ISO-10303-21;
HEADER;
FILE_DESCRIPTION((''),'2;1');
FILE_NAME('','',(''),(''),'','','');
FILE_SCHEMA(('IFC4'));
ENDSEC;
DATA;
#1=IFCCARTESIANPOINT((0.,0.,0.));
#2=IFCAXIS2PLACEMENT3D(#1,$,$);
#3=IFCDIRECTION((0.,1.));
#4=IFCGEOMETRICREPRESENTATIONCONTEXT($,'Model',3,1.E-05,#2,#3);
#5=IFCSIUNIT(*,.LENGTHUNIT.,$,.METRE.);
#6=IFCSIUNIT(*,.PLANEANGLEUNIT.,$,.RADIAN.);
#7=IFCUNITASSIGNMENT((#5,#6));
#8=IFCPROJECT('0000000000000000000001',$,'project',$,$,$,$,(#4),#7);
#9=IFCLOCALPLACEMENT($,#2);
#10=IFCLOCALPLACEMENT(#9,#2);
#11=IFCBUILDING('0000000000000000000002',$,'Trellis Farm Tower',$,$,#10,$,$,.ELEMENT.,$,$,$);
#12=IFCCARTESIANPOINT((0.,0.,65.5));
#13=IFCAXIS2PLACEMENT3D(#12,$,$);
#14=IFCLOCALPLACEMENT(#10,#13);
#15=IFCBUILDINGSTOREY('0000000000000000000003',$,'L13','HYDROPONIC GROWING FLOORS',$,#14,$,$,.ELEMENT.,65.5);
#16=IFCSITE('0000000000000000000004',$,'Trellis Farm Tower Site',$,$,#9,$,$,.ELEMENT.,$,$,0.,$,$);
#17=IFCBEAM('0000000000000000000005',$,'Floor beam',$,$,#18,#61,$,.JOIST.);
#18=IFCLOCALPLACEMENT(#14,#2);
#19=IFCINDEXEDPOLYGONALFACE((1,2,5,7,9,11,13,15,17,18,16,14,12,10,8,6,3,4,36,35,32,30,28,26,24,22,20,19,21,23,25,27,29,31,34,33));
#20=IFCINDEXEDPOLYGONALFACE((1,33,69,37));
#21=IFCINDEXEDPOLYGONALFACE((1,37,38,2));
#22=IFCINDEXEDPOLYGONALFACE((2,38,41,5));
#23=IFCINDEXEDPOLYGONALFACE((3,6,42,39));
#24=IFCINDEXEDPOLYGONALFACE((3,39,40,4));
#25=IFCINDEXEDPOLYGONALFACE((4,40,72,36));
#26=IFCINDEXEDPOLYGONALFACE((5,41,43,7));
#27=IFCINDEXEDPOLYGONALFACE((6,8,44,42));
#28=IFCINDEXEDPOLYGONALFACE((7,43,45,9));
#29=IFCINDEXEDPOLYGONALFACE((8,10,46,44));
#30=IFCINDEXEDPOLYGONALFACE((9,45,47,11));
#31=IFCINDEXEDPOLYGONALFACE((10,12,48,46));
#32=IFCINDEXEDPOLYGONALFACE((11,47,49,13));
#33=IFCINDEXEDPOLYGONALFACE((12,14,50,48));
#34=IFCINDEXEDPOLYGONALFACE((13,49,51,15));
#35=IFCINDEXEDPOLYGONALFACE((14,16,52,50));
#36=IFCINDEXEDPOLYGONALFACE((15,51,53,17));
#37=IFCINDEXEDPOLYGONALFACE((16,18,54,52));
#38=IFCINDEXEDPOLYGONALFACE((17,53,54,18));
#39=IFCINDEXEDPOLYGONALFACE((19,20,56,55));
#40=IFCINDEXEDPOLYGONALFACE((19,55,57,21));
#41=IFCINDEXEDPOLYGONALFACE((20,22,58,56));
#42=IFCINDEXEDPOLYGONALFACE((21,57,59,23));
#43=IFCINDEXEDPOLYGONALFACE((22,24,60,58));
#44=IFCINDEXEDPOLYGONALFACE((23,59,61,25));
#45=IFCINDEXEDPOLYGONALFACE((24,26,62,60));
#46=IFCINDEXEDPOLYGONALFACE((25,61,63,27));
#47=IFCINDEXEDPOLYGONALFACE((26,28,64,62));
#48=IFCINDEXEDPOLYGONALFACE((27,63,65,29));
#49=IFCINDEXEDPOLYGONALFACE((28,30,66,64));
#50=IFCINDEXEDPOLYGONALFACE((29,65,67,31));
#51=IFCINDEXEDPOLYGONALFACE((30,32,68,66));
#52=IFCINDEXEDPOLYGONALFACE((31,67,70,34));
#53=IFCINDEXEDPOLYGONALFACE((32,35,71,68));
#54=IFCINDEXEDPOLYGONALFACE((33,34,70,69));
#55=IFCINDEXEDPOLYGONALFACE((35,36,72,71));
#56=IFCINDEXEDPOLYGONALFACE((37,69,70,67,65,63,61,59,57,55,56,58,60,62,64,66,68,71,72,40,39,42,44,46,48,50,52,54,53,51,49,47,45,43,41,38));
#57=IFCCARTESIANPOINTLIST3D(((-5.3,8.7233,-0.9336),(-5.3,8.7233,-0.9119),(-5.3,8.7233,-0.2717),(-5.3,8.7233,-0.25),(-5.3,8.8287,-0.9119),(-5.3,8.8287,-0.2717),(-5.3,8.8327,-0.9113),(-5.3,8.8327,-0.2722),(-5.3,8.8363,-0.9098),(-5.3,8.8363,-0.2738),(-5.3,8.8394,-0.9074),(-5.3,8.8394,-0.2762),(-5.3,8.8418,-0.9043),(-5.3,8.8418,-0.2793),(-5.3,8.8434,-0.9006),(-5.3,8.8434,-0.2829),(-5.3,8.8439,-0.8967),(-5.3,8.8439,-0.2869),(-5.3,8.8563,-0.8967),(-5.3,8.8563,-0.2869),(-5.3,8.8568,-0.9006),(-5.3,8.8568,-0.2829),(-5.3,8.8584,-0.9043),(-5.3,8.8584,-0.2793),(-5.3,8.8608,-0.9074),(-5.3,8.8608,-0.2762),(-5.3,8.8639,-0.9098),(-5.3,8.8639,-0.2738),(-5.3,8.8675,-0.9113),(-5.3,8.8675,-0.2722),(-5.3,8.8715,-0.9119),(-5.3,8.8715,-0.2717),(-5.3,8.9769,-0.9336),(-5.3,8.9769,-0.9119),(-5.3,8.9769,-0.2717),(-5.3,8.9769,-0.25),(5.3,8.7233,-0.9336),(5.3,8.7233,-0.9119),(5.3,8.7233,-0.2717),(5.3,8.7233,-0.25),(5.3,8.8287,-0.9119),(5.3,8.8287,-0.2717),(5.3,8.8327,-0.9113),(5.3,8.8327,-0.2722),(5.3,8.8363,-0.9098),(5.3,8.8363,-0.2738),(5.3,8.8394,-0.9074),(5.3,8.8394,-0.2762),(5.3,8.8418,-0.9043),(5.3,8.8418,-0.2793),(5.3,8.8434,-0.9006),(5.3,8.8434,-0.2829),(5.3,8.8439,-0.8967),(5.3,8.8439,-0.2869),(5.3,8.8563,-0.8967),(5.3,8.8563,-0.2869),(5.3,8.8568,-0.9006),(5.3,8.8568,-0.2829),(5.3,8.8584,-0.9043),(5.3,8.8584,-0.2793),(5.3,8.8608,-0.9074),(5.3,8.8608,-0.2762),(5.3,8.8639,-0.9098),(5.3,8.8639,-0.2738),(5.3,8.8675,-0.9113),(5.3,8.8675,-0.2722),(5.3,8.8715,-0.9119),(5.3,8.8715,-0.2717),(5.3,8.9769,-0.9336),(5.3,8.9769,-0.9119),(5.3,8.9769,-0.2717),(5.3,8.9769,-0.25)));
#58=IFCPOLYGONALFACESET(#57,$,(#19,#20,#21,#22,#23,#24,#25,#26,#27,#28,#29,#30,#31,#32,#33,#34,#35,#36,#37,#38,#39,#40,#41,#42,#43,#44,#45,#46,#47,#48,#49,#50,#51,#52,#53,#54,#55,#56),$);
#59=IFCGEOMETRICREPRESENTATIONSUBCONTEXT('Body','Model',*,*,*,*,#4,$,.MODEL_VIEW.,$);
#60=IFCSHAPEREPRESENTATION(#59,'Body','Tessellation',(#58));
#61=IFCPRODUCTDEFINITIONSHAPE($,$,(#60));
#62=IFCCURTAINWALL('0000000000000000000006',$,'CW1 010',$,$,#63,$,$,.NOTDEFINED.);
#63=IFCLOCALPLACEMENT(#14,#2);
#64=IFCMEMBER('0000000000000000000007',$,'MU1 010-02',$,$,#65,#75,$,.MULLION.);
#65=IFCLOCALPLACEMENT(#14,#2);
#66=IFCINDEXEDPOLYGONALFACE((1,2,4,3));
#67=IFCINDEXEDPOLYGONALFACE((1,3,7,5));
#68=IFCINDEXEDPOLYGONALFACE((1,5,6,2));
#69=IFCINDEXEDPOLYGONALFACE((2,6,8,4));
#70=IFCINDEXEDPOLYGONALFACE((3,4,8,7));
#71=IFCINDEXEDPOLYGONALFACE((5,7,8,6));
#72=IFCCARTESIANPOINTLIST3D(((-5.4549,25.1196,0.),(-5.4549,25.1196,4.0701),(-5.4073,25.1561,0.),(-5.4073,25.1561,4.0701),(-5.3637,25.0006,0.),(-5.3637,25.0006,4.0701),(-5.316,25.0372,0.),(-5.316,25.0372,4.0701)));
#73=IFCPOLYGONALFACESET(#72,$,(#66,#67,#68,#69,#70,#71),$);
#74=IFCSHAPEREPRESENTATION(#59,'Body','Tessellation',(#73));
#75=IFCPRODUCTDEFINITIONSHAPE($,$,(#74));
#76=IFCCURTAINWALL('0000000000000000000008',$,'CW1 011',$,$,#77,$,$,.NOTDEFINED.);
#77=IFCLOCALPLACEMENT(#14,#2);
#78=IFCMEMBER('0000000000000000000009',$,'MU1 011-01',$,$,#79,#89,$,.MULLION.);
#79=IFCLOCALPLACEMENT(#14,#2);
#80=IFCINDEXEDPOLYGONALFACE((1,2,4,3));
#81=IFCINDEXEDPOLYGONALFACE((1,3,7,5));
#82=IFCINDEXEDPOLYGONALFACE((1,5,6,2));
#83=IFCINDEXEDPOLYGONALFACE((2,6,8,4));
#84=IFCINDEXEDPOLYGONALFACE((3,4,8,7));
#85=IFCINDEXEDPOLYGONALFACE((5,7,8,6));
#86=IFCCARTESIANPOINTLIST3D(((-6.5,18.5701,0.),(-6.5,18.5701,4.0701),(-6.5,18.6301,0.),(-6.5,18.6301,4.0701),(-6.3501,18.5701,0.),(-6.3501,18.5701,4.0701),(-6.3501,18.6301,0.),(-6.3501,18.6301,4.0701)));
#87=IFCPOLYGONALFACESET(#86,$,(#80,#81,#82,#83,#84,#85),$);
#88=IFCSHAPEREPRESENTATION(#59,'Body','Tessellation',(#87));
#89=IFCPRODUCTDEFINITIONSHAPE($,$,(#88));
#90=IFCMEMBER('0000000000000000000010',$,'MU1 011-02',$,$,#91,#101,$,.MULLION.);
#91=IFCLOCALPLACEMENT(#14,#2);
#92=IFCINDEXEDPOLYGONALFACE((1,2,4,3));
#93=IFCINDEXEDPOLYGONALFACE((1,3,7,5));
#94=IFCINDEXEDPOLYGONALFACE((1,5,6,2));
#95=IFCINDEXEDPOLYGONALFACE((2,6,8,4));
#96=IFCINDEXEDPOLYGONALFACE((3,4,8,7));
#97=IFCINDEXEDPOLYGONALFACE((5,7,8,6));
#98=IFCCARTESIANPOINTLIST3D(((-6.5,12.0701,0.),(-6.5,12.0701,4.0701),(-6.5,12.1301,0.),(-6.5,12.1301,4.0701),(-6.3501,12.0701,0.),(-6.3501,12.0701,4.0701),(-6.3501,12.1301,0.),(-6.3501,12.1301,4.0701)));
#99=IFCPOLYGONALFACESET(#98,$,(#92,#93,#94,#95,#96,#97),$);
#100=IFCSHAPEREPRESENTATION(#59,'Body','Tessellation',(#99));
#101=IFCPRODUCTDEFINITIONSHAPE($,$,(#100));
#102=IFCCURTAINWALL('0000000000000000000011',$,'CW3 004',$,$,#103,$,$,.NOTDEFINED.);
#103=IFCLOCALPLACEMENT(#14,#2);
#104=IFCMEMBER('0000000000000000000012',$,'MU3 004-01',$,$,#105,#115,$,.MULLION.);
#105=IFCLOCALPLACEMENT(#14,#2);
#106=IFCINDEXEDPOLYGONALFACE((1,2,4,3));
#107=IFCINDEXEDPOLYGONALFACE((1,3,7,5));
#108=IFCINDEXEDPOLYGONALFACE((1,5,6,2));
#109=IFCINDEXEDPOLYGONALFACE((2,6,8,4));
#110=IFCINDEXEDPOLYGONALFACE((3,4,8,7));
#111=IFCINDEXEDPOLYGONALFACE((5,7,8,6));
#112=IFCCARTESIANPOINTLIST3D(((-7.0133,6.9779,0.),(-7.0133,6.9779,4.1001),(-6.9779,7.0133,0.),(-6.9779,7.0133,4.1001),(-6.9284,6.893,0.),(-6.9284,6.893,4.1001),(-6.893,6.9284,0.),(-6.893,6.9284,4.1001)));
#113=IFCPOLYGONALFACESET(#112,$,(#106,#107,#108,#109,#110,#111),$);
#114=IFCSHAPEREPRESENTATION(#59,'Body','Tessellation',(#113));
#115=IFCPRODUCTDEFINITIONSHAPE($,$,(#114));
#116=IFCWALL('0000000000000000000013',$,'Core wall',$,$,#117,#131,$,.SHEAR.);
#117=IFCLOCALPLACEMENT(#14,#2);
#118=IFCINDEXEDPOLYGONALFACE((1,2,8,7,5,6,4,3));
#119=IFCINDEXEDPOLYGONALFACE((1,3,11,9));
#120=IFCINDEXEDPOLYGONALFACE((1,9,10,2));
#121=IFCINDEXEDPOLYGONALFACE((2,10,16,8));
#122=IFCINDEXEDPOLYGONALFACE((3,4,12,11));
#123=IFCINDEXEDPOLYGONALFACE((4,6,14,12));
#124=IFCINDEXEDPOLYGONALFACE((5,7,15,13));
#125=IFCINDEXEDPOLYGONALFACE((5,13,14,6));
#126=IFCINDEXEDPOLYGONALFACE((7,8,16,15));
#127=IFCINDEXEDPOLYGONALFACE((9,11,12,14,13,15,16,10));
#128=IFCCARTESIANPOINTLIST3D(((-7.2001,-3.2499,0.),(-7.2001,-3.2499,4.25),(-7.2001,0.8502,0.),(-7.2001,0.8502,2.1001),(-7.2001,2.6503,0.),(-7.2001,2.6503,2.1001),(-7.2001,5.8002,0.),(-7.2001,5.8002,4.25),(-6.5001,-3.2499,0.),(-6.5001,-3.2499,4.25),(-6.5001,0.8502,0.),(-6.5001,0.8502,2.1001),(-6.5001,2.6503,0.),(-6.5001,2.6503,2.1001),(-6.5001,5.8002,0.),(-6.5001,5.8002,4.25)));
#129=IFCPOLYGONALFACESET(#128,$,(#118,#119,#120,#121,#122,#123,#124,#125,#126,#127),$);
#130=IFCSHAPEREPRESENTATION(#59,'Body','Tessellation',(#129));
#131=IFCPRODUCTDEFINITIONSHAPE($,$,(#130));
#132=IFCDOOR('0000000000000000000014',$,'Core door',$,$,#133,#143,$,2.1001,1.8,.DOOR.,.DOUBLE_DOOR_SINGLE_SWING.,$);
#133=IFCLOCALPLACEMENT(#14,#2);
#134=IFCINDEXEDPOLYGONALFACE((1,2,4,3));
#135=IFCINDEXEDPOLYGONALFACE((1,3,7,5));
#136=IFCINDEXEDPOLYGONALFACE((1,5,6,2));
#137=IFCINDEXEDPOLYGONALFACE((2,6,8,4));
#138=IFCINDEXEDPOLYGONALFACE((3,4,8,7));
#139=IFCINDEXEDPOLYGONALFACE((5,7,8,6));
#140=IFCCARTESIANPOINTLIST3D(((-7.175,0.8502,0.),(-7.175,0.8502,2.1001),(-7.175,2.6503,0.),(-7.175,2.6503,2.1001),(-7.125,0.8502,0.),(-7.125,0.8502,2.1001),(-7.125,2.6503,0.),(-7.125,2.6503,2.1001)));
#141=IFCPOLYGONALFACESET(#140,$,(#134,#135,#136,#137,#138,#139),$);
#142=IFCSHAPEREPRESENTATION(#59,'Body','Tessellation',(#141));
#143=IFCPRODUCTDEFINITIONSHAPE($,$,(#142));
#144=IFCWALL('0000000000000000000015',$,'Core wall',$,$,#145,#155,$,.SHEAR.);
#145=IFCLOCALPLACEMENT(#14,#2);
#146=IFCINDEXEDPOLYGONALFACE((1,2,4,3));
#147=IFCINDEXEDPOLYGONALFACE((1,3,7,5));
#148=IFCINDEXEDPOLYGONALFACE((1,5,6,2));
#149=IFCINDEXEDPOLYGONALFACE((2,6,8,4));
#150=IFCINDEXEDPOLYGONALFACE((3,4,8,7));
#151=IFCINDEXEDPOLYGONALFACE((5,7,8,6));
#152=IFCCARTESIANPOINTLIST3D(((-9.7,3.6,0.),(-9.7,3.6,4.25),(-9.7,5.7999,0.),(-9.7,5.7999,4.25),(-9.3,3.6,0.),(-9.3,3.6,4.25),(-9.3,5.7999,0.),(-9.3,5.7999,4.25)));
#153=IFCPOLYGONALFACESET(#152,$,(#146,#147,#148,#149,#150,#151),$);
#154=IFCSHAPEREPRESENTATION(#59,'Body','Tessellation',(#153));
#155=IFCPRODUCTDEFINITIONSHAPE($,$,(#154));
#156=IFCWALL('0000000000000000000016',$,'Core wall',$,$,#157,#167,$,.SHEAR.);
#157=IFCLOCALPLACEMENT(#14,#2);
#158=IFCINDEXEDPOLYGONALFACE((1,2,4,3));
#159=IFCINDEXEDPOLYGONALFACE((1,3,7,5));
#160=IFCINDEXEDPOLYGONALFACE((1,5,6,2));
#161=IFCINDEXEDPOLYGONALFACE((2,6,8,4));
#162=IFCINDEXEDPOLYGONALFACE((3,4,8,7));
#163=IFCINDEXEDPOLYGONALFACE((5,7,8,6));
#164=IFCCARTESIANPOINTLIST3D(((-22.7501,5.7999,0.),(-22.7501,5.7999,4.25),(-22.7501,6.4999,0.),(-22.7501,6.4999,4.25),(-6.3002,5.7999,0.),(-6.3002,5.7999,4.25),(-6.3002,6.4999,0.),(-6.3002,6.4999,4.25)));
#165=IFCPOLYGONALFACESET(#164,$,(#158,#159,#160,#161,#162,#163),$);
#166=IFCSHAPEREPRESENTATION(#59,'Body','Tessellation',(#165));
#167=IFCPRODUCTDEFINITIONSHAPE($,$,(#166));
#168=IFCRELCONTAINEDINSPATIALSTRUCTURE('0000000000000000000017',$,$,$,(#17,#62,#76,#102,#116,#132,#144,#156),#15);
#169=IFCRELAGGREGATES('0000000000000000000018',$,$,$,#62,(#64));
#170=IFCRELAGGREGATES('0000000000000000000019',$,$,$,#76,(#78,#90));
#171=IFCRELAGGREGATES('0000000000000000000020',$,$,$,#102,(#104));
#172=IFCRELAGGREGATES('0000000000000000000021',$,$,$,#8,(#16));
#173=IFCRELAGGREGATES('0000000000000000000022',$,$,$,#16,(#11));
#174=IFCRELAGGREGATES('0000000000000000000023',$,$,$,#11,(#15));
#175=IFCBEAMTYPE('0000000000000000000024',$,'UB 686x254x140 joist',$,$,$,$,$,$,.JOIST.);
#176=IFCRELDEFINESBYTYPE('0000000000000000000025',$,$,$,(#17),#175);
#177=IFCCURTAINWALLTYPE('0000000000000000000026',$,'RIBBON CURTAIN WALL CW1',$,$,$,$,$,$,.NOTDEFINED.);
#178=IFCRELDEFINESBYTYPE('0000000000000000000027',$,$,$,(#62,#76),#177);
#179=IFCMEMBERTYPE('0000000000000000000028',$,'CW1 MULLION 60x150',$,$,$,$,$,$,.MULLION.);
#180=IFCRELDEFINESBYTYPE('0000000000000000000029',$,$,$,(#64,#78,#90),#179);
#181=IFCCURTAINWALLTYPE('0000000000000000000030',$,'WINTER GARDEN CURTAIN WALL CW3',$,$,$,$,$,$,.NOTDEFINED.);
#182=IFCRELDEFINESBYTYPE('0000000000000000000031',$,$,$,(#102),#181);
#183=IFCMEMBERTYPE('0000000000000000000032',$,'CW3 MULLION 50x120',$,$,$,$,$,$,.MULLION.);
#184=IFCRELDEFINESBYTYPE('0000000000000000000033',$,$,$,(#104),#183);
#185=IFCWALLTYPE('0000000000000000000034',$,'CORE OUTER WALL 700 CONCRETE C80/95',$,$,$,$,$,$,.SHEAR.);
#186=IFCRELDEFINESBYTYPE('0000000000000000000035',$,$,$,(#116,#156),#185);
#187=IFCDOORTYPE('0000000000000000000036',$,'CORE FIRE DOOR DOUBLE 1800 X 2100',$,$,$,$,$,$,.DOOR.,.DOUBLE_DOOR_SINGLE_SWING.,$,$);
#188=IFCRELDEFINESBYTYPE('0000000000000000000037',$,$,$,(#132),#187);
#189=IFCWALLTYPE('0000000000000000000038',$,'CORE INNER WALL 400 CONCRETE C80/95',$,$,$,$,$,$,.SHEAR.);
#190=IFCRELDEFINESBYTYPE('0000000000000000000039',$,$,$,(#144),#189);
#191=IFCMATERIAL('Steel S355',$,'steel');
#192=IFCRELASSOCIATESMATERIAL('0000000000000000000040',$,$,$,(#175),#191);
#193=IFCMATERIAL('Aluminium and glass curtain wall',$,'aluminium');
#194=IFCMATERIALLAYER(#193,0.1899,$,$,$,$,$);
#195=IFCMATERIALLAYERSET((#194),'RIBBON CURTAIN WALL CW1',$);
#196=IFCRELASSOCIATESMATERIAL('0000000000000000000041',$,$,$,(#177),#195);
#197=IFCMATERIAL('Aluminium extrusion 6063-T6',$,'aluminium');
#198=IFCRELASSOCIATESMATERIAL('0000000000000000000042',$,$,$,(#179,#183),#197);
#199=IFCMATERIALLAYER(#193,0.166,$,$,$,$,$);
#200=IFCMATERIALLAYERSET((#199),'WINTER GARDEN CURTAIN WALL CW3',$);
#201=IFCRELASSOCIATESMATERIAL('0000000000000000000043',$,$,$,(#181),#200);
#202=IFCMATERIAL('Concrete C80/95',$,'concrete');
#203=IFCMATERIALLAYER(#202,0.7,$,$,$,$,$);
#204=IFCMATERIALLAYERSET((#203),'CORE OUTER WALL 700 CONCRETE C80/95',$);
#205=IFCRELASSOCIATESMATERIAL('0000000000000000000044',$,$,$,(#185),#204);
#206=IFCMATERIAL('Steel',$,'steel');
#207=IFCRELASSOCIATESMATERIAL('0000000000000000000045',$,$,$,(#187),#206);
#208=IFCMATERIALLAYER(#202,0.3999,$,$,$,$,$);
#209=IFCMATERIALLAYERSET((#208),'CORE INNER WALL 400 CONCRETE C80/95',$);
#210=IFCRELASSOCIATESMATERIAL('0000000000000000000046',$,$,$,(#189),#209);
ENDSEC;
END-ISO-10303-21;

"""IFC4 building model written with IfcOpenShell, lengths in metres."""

from ifc_helpers import new_model, si_unit, direction, frame, frame_2d, origin, origin_2d, place, context, subcontext, project, spatial, rectangle, i_section, extrude, source, transform, mapped, material, layer, layer_set, material_profile, profile_set, type_object, element, fill, aggregate, save


model = new_model("IFC4")

# Units and contexts
model_context = context("Model", 3, precision=1e-05, world=origin(), true_north=direction((0.0, 1.0)))
body_context = subcontext(model_context, "Body", "Model", "MODEL_VIEW")
ifc_project = project(units=[si_unit("LENGTHUNIT", "METRE"), si_unit("PLANEANGLEUNIT", "RADIAN")], contexts=[model_context])

# Site, building, storey
site_placement = place(None, origin())
site = spatial("IfcSite", under=ifc_project, at=site_placement, Name="Trellis Farm Tower Site", CompositionType="ELEMENT", RefElevation=0.0)
building_placement = place(site_placement, origin())
building = spatial("IfcBuilding", under=site, at=building_placement, Name="Trellis Farm Tower", CompositionType="ELEMENT")
storey_placement = place(building_placement, frame((0.0, 0.0, 65.5)))
storey = spatial("IfcBuildingStorey", under=building, at=storey_placement, Name="L13", Description="HYDROPONIC GROWING FLOORS", CompositionType="ELEMENT", Elevation=65.5)

# Shared definitions
ifc_material_1 = material(Name="Concrete C80/95", Category="concrete")

# Beam
ifc_material_2 = material(Name="Steel S355", Category="steel")
ifc_material_profile_1 = material_profile(ifc_material_2, i_section(OverallWidth=0.2537, OverallDepth=0.6836, WebThickness=0.0125, FlangeThickness=0.0217, FilletRadius=0.0151, at=origin_2d()), Name="UB 686x254x140")
ifc_profile_set_1 = profile_set([ifc_material_profile_1], Name="Steel S355")
beam_type_1 = type_object("IfcBeamType", Name="UB 686x254x140 joist", PredefinedType="JOIST", material=ifc_profile_set_1)
shared_shape_1 = source(origin(), body_context, "Body", "SweptSolid", [
    extrude(i_section(OverallWidth=0.2537, OverallDepth=0.6836, WebThickness=0.0125, FlangeThickness=0.0217, FilletRadius=0.0151, at=origin_2d()), origin(), (0.0, 0.0, 1.0), 10.6001),
])
beam_1_placement = place(storey_placement, frame((-5.3, 8.8501, -0.5918), z_axis=(1.0, 0.0, 0.0), x_axis=(0.0, 1.0, 0.0)))
element("IfcBeam", 1, at=beam_1_placement, inside=storey, type_object=beam_type_1, Name="Floor beam", PredefinedType="JOIST", context=body_context, shape_type="MappedRepresentation", body=[
    mapped(shared_shape_1, transform((0.0, 0.0, 0.0))),
])

# Curtain wall, member
ifc_material_3 = material(Name="Aluminium and glass curtain wall", Category="aluminium")
ifc_layer_1 = layer(ifc_material_3, 0.1899)
ifc_layer_set_1 = layer_set([ifc_layer_1], Name="RIBBON CURTAIN WALL CW1")
curtain_wall_type_1 = type_object("IfcCurtainWallType", Name="RIBBON CURTAIN WALL CW1", PredefinedType="NOTDEFINED", material=ifc_layer_set_1)
placement = place(storey_placement, origin())
curtain_wall_1 = element("IfcCurtainWall", 2, at=placement, inside=storey, type_object=curtain_wall_type_1, Name="CW1 010", PredefinedType="NOTDEFINED")
ifc_material_4 = material(Name="Aluminium extrusion 6063-T6", Category="aluminium")
ifc_material_profile_2 = material_profile(ifc_material_4, rectangle(XDim=0.0601, YDim=0.1499, at=origin_2d()), Name="MULLION 60x150")
ifc_profile_set_2 = profile_set([ifc_material_profile_2], Name="Aluminium extrusion 6063-T6")
member_type_1 = type_object("IfcMemberType", Name="CW1 MULLION 60x150", PredefinedType="MULLION", material=ifc_profile_set_2)
shared_shape_2 = source(origin(), body_context, "Body", "SweptSolid", [
    extrude(rectangle(XDim=0.0601, YDim=0.1499, at=origin_2d()), origin(), (0.0, 0.0, 1.0), 4.0701),
])
member_1_placement = place(storey_placement, frame((-5.3855, 25.0784, 0.0), z_axis=(0.0, 0.0, 1.0), x_axis=(-0.793353, -0.608761, 0.0)))
member_1 = element("IfcMember", 3, at=member_1_placement, type_object=member_type_1, Name="MU1 010-02", PredefinedType="MULLION", context=body_context, shape_type="MappedRepresentation", body=[
    mapped(shared_shape_2, transform((0.0, 0.0, 0.0))),
])
aggregate(curtain_wall_1, [member_1])

# Curtain wall, members
curtain_wall_2 = element("IfcCurtainWall", 4, at=placement, inside=storey, type_object=curtain_wall_type_1, Name="CW1 011", PredefinedType="NOTDEFINED")
member_2_placement = place(storey_placement, frame((-6.425, 18.6001, 0.0), z_axis=(0.0, 0.0, 1.0), x_axis=(0.0, -1.0, 0.0)))
member_2 = element("IfcMember", 5, at=member_2_placement, type_object=member_type_1, Name="MU1 011-01", PredefinedType="MULLION", context=body_context, shape_type="MappedRepresentation", body=[
    mapped(shared_shape_2, transform((0.0, 0.0, 0.0))),
])
member_3_placement = place(storey_placement, frame((-6.425, 12.1001, 0.0), z_axis=(0.0, 0.0, 1.0), x_axis=(0.0, -1.0, 0.0)))
member_3 = element("IfcMember", 6, at=member_3_placement, type_object=member_type_1, Name="MU1 011-02", PredefinedType="MULLION", context=body_context, shape_type="MappedRepresentation", body=[
    mapped(shared_shape_2, transform((0.0, 0.0, 0.0))),
])
aggregate(curtain_wall_2, [member_2, member_3])

# Curtain wall, member
ifc_layer_2 = layer(ifc_material_3, 0.166)
ifc_layer_set_2 = layer_set([ifc_layer_2], Name="WINTER GARDEN CURTAIN WALL CW3")
curtain_wall_type_2 = type_object("IfcCurtainWallType", Name="WINTER GARDEN CURTAIN WALL CW3", PredefinedType="NOTDEFINED", material=ifc_layer_set_2)
curtain_wall_3 = element("IfcCurtainWall", 7, at=placement, inside=storey, type_object=curtain_wall_type_2, Name="CW3 004", PredefinedType="NOTDEFINED")
ifc_material_profile_3 = material_profile(ifc_material_4, rectangle(XDim=0.05, YDim=0.1201, at=origin_2d()), Name="MULLION 50x120")
ifc_profile_set_3 = profile_set([ifc_material_profile_3], Name="Aluminium extrusion 6063-T6")
member_type_2 = type_object("IfcMemberType", Name="CW3 MULLION 50x120", PredefinedType="MULLION", material=ifc_profile_set_3)
shared_shape_3 = source(origin(), body_context, "Body", "SweptSolid", [
    extrude(rectangle(XDim=0.05, YDim=0.1201, at=origin_2d()), origin(), (0.0, 0.0, 1.0), 4.1001),
])
member_4_placement = place(storey_placement, frame((-6.9531, 6.9531, 0.0), z_axis=(0.0, 0.0, 1.0), x_axis=(-0.707107, -0.707107, 0.0)))
member_4 = element("IfcMember", 8, at=member_4_placement, type_object=member_type_2, Name="MU3 004-01", PredefinedType="MULLION", context=body_context, shape_type="MappedRepresentation", body=[
    mapped(shared_shape_3, transform((0.0, 0.0, 0.0))),
])
aggregate(curtain_wall_3, [member_4])

# Wall, opening, door
ifc_layer_3 = layer(ifc_material_1, 0.7)
ifc_layer_set_3 = layer_set([ifc_layer_3], Name="CORE OUTER WALL 700 CONCRETE C80/95")
wall_type_1 = type_object("IfcWallType", Name="CORE OUTER WALL 700 CONCRETE C80/95", PredefinedType="SHEAR", material=ifc_layer_set_3)
shared_shape_4 = source(origin(), body_context, "Body", "SweptSolid", [
    extrude(rectangle(XDim=9.05, YDim=0.7, at=frame_2d((4.5249, 0.0))), origin(), (0.0, 0.0, 1.0), 4.25),
])
wall_1_placement = place(storey_placement, frame((-6.8501, 5.8, 0.0), z_axis=(0.0, 0.0, 1.0), x_axis=(0.0, -1.0, 0.0)))
wall_1 = element("IfcWall", 9, at=wall_1_placement, inside=storey, type_object=wall_type_1, Name="Core wall", PredefinedType="SHEAR", context=body_context, shape_type="MappedRepresentation", body=[
    mapped(shared_shape_4, transform((0.0, 0.0, 0.0))),
])
shared_shape_5 = source(origin(), body_context, "Body", "SweptSolid", [
    extrude(rectangle(XDim=1.8, YDim=2.1001, at=frame_2d((0.8999, 1.05))), frame((0.0, 0.3601, 0.0), z_axis=(0.0, -1.0, 0.0), x_axis=(1.0, 0.0, 0.0)), (0.0, 0.0, 1.0), 0.7202),
])
opening_1_placement = place(wall_1_placement, frame((3.1499, 0.0, 0.0)))
opening_1 = element("IfcOpeningElement", 10, at=opening_1_placement, cuts=wall_1, PredefinedType="OPENING", context=body_context, shape_type="MappedRepresentation", body=[
    mapped(shared_shape_5, transform((0.0, 0.0, 0.0))),
])
ifc_material_5 = material(Name="Steel", Category="steel")
door_type_1 = type_object("IfcDoorType", Name="CORE FIRE DOOR DOUBLE 1800 X 2100", OperationType="DOUBLE_DOOR_SINGLE_SWING", PredefinedType="DOOR", material=ifc_material_5)
shared_shape_6 = source(origin(), body_context, "Body", "SweptSolid", [
    extrude(rectangle(XDim=1.8, YDim=2.1001, at=frame_2d((0.8999, 1.05))), frame((0.0, -0.2749, 0.0), z_axis=(0.0, -1.0, 0.0), x_axis=(1.0, 0.0, 0.0)), (0.0, 0.0, 1.0), 0.05),
])
door_1_placement = place(opening_1_placement, origin())
door_1 = element("IfcDoor", 11, at=door_1_placement, inside=storey, type_object=door_type_1, Name="Core door", OperationType="DOUBLE_DOOR_SINGLE_SWING", OverallHeight=2.1001, OverallWidth=1.8, PredefinedType="DOOR", context=body_context, shape_type="MappedRepresentation", body=[
    mapped(shared_shape_6, transform((0.0, 0.0, 0.0))),
])
fill(opening_1, door_1)

# Walls
ifc_layer_4 = layer(ifc_material_1, 0.3999)
ifc_layer_set_4 = layer_set([ifc_layer_4], Name="CORE INNER WALL 400 CONCRETE C80/95")
wall_type_2 = type_object("IfcWallType", Name="CORE INNER WALL 400 CONCRETE C80/95", PredefinedType="SHEAR", material=ifc_layer_set_4)
shared_shape_7 = source(origin(), body_context, "Body", "SweptSolid", [
    extrude(rectangle(XDim=2.2, YDim=0.3999, at=frame_2d((1.1001, 0.0))), origin(), (0.0, 0.0, 1.0), 4.25),
])
wall_2_placement = place(storey_placement, frame((-9.5, 5.8, 0.0), z_axis=(0.0, 0.0, 1.0), x_axis=(0.0, -1.0, 0.0)))
element("IfcWall", 12, at=wall_2_placement, inside=storey, type_object=wall_type_2, Name="Core wall", PredefinedType="SHEAR", context=body_context, shape_type="MappedRepresentation", body=[
    mapped(shared_shape_7, transform((0.0, 0.0, 0.0))),
])
shared_shape_8 = source(origin(), body_context, "Body", "SweptSolid", [
    extrude(rectangle(XDim=16.45, YDim=0.7, at=frame_2d((8.2251, 0.0))), origin(), (0.0, 0.0, 1.0), 4.25),
])
wall_3_placement = place(storey_placement, frame((-6.3, 6.1499, 0.0), z_axis=(0.0, 0.0, 1.0), x_axis=(-1.0, 0.0, 0.0)))
element("IfcWall", 13, at=wall_3_placement, inside=storey, type_object=wall_type_1, Name="Core wall", PredefinedType="SHEAR", context=body_context, shape_type="MappedRepresentation", body=[
    mapped(shared_shape_8, transform((0.0, 0.0, 0.0))),
])

save(model, "model.ifc")
